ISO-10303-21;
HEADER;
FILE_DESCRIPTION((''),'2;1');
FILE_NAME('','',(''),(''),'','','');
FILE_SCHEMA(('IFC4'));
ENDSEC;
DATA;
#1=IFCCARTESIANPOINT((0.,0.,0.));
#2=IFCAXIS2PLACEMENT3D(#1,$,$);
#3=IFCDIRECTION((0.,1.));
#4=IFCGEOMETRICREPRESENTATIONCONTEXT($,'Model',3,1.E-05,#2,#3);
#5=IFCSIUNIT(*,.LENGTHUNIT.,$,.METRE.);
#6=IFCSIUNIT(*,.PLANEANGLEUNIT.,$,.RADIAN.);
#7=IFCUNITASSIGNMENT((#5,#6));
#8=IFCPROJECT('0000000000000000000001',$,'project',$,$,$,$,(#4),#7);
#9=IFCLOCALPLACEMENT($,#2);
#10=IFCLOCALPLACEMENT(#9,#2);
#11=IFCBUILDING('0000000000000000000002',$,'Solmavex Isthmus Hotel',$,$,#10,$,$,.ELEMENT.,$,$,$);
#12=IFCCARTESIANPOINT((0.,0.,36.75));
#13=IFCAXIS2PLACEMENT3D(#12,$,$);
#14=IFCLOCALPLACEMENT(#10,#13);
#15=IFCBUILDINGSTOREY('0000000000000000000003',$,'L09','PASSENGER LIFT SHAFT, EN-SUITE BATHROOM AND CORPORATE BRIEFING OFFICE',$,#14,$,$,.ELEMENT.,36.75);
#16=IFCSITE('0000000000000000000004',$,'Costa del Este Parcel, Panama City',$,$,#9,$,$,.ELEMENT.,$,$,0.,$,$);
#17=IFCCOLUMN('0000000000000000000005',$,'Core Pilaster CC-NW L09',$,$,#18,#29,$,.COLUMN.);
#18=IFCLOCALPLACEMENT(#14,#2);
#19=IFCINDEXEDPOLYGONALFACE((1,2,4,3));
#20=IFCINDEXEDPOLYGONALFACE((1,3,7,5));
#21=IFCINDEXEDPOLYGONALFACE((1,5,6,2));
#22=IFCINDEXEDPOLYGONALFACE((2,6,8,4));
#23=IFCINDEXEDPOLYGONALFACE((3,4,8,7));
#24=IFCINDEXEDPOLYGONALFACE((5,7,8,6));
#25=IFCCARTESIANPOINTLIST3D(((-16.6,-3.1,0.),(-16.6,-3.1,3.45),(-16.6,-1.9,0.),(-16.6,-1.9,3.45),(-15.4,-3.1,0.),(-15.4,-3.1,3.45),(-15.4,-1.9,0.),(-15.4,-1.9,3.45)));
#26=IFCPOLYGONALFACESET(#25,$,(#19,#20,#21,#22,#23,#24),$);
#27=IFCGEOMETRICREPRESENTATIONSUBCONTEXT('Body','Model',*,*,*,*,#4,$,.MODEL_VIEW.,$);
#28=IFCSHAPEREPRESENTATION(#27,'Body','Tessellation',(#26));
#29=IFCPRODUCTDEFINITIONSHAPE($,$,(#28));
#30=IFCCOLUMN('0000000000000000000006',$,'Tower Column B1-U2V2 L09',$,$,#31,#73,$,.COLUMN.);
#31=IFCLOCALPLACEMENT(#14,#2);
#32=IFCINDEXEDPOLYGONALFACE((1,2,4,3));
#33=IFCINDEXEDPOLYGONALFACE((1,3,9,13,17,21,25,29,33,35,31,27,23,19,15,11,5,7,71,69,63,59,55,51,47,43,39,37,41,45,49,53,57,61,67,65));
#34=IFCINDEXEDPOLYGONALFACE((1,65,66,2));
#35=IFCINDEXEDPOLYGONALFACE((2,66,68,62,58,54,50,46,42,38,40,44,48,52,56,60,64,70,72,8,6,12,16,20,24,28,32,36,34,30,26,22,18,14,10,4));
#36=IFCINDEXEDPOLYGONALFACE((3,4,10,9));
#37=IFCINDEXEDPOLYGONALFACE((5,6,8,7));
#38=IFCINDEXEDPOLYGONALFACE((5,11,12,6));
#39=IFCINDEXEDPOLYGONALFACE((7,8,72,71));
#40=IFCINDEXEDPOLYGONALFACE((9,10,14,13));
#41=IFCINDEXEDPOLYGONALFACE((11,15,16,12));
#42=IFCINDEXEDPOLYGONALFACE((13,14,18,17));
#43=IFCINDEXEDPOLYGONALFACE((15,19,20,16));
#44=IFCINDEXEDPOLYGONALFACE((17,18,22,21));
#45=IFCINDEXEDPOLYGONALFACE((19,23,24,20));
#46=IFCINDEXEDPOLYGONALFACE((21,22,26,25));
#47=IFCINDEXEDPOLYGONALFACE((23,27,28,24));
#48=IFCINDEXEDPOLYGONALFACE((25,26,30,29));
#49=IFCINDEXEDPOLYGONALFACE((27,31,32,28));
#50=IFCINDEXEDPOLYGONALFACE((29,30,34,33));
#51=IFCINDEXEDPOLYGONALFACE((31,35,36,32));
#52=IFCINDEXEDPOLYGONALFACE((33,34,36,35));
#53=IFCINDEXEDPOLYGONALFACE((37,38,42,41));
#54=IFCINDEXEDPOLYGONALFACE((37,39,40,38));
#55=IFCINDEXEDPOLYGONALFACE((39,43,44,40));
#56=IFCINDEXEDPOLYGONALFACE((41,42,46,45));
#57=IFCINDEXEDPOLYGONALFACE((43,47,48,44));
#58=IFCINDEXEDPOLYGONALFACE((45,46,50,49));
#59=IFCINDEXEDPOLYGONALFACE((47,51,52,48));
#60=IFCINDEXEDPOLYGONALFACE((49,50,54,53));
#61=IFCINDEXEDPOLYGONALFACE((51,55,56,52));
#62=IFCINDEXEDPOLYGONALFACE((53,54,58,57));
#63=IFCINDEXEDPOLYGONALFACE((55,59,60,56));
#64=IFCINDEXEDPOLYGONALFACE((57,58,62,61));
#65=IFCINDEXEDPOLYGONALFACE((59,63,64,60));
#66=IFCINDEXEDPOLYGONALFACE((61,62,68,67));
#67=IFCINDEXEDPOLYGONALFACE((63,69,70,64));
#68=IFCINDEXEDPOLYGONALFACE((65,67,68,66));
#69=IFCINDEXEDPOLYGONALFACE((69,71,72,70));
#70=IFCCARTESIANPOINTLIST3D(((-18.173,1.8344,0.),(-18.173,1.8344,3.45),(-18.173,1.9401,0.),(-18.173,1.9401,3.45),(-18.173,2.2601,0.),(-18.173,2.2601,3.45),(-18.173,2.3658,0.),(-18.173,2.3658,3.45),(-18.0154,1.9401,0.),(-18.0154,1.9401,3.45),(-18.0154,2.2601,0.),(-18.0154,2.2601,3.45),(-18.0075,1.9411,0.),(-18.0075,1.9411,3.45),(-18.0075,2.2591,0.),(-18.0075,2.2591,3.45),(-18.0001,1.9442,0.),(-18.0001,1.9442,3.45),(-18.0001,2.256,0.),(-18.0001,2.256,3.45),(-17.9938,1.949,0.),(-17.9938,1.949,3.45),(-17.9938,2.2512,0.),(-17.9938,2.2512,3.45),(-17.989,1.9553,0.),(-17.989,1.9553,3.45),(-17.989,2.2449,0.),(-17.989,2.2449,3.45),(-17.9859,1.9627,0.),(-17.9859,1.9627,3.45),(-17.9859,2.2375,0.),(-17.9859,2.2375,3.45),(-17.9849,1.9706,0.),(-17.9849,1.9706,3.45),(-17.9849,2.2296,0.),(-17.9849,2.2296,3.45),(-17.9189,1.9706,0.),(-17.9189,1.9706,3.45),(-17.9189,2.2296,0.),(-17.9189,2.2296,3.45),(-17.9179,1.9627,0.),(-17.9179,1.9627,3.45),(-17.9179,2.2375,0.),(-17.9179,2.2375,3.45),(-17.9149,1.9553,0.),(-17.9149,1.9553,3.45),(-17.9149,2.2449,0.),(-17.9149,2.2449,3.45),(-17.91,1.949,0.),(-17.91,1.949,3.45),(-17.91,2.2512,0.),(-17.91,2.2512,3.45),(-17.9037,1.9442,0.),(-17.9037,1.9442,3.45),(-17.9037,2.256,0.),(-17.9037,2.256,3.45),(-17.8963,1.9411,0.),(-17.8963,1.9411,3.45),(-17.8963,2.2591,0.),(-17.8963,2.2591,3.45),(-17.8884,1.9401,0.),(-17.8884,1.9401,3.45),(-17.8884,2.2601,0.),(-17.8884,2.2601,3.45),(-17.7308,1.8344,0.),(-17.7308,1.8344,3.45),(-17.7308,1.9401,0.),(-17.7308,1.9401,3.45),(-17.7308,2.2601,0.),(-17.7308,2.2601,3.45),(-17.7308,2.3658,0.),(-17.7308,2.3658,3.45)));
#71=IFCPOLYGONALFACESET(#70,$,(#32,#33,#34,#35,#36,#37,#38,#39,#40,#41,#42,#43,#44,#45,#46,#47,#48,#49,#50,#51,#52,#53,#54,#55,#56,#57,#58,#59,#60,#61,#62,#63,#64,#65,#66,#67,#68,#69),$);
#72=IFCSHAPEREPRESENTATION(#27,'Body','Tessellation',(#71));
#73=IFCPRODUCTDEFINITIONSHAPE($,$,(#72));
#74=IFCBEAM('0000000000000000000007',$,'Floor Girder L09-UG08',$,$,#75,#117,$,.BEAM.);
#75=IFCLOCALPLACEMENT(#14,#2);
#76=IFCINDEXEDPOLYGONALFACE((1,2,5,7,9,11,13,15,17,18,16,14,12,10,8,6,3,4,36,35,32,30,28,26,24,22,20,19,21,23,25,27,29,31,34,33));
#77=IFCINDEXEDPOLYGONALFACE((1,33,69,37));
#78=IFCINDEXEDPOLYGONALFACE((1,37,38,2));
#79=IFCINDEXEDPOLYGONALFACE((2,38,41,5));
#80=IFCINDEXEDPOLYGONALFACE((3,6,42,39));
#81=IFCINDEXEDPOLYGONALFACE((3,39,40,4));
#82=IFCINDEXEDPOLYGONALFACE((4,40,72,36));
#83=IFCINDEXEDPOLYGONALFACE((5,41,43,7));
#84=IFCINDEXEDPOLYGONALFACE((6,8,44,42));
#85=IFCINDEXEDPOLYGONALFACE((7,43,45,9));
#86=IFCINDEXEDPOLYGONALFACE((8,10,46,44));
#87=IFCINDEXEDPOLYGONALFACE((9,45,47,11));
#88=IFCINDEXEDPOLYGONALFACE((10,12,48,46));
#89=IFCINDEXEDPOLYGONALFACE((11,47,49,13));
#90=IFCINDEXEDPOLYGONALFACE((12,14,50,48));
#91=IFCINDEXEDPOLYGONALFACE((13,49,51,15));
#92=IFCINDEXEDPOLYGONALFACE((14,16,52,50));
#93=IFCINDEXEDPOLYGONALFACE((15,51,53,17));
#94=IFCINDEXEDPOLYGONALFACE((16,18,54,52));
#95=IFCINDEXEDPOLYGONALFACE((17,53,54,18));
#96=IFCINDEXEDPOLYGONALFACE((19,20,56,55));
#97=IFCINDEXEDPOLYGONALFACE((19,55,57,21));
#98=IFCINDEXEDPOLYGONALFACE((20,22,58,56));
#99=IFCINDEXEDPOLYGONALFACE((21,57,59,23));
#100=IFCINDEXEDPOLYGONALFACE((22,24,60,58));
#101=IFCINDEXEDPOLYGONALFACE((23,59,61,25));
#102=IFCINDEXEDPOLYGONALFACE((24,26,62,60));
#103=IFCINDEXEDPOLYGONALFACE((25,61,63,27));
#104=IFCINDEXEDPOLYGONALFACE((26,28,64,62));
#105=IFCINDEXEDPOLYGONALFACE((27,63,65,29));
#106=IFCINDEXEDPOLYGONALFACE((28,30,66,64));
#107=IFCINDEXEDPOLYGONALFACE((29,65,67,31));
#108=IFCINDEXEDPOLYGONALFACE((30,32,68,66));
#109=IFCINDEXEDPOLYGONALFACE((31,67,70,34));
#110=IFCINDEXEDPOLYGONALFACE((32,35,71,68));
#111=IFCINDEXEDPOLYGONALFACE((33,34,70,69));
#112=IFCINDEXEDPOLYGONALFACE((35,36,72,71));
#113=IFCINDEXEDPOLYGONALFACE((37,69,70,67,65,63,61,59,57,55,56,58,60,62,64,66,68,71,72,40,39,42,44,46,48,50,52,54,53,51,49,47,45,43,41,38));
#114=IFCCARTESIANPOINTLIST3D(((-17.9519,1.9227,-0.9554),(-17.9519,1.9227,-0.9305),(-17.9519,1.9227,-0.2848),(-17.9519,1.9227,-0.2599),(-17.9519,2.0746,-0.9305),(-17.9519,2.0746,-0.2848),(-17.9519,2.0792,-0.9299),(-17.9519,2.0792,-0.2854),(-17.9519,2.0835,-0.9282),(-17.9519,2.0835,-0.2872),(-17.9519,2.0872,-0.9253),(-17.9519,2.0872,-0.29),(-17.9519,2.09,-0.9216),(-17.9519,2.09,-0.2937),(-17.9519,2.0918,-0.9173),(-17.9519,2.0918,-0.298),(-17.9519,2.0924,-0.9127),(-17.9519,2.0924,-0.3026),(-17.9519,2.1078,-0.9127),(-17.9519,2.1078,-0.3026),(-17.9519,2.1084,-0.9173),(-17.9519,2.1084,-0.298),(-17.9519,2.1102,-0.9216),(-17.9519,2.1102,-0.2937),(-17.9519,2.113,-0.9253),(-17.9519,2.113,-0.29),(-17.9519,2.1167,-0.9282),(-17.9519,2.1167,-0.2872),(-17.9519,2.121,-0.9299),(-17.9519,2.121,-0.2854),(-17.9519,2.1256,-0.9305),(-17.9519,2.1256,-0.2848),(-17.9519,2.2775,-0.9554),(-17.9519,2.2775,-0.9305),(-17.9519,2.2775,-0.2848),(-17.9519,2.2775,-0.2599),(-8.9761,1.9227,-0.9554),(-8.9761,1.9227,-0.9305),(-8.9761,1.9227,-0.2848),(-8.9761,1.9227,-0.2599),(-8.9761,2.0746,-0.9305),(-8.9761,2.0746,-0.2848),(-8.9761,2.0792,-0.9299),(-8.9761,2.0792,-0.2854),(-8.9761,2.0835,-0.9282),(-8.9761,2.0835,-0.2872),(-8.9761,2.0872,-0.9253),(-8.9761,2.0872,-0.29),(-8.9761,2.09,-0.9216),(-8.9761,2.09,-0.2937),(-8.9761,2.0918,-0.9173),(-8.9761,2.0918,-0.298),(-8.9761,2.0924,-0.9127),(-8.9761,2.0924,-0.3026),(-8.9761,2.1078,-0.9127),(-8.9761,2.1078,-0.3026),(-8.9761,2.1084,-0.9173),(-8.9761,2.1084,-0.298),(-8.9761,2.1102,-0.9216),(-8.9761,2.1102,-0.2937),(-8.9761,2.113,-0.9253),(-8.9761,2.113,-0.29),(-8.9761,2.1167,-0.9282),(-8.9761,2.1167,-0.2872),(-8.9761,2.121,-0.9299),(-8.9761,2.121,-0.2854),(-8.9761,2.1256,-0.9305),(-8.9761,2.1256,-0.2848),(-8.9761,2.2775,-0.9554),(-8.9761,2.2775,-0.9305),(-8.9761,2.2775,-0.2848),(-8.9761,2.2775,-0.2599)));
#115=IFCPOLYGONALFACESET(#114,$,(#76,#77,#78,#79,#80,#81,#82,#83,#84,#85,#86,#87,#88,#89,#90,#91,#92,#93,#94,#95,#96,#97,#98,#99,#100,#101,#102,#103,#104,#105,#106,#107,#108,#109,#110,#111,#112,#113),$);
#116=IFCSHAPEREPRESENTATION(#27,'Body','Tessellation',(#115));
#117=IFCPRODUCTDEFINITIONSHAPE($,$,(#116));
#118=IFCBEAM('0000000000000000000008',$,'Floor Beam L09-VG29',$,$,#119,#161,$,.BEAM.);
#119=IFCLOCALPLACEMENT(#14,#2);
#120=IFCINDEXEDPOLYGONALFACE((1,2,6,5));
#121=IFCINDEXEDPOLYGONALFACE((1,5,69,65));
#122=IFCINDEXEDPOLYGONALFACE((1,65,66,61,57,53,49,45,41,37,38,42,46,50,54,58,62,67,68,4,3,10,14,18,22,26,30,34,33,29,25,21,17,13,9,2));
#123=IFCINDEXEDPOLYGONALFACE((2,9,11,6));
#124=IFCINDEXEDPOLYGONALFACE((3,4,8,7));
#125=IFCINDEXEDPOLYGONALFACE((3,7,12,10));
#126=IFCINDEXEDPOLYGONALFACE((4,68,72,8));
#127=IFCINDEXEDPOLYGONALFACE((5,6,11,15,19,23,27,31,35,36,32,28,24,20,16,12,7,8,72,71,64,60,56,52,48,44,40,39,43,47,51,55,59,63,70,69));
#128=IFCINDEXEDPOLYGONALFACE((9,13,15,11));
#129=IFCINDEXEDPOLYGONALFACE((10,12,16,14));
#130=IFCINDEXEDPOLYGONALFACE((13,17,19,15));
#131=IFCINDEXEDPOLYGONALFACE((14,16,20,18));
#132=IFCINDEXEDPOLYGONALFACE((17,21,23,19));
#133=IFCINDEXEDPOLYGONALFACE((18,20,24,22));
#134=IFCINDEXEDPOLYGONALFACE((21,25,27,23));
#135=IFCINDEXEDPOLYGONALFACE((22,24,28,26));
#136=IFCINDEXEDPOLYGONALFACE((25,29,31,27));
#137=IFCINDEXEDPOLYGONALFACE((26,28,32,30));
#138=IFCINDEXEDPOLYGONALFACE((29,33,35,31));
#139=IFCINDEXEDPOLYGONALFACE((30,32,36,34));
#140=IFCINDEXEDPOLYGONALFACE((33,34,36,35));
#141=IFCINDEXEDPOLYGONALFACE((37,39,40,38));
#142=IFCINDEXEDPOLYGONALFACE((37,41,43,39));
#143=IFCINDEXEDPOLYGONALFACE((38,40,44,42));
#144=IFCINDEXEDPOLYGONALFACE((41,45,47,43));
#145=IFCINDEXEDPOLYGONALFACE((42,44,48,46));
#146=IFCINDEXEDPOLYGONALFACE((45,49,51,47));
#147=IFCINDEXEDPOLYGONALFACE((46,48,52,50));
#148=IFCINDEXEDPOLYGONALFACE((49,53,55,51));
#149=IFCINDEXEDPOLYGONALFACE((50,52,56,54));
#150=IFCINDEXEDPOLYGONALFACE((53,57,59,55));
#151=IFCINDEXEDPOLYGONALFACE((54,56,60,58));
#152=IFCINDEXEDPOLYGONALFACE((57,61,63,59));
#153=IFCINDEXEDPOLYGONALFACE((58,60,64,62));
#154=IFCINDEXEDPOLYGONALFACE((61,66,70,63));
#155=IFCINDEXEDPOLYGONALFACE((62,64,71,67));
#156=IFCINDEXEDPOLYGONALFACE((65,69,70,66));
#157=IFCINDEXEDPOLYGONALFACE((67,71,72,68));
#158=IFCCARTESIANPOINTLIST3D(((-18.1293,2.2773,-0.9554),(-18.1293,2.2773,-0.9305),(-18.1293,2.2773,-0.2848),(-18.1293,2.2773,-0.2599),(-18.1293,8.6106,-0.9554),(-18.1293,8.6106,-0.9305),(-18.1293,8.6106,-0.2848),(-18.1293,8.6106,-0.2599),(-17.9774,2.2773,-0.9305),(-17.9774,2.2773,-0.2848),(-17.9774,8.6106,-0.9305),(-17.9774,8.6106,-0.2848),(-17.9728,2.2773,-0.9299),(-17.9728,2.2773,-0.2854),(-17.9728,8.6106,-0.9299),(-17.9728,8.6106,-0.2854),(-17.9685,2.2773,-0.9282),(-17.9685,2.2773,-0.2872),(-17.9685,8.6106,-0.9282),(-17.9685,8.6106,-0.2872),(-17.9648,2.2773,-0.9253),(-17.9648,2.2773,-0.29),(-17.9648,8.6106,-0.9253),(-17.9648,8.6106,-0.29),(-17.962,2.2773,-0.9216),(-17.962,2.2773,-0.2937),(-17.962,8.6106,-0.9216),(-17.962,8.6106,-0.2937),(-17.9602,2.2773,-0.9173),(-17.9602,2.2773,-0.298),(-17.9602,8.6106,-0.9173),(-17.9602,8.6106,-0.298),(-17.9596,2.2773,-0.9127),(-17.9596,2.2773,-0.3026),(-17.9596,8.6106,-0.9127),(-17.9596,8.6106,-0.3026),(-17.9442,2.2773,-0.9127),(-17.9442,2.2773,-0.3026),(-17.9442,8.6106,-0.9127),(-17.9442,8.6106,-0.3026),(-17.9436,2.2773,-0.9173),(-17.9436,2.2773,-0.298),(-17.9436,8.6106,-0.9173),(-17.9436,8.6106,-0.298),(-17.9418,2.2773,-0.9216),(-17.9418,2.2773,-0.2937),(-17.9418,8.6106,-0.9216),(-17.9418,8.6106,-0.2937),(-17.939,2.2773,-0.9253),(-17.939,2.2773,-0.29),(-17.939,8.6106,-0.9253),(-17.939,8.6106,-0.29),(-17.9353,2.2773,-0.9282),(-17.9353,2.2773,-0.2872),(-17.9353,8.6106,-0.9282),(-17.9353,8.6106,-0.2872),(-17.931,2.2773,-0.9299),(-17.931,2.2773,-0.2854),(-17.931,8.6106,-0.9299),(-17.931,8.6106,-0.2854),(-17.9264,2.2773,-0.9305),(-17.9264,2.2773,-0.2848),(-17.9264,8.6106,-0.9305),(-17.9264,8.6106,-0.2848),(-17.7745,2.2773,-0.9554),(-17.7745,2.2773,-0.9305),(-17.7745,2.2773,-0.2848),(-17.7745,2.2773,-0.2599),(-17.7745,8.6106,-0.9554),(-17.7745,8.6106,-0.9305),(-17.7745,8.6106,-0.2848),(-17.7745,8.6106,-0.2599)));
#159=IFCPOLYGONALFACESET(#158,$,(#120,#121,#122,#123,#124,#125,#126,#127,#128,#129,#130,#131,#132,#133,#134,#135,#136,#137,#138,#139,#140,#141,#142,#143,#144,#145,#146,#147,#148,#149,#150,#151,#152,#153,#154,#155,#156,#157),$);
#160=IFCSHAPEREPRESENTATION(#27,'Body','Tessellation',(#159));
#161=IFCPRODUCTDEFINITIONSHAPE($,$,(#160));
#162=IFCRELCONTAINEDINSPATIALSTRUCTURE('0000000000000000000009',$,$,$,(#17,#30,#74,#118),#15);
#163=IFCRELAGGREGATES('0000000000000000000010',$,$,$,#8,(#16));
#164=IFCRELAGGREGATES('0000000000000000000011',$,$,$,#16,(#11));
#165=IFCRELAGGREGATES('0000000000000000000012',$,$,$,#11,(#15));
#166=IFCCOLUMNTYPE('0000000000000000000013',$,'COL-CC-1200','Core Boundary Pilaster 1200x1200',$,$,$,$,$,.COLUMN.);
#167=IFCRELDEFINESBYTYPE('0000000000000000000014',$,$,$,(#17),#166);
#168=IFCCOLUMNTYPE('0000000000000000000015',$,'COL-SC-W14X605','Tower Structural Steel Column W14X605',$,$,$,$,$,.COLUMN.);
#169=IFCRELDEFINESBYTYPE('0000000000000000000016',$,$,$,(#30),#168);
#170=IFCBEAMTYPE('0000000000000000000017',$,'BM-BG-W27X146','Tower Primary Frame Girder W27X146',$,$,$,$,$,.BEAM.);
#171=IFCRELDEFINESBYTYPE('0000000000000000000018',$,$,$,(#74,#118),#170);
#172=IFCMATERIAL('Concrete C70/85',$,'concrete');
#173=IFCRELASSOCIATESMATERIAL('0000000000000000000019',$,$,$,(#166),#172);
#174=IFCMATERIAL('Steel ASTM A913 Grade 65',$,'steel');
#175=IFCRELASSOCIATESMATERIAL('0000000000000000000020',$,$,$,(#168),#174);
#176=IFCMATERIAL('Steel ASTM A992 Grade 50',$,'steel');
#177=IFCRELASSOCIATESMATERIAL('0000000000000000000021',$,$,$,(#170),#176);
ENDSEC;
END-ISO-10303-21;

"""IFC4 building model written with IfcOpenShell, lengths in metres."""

from ifc_helpers import new_model, si_unit, direction, frame, origin, origin_2d, place, context, subcontext, project, spatial, rectangle, i_section, extrude, material, material_profile, profile_set, type_object, element, save


model = new_model("IFC4")

# Units and contexts
model_context = context("Model", 3, precision=1e-05, world=origin(), true_north=direction((0.0, 1.0)))
body_context = subcontext(model_context, "Body", "Model", "MODEL_VIEW")
ifc_project = project(units=[si_unit("LENGTHUNIT", "METRE"), si_unit("PLANEANGLEUNIT", "RADIAN")], contexts=[model_context])

# Site, building, storey
site_placement = place(None, origin())
site = spatial("IfcSite", under=ifc_project, at=site_placement, Name="Costa del Este Parcel, Panama City", CompositionType="ELEMENT", RefElevation=0.0)
building_placement = place(site_placement, origin())
building = spatial("IfcBuilding", under=site, at=building_placement, Name="Solmavex Isthmus Hotel", CompositionType="ELEMENT")
storey_placement = place(building_placement, frame((0.0, 0.0, 36.75)))
storey = spatial("IfcBuildingStorey", under=building, at=storey_placement, Name="L09", Description="PASSENGER LIFT SHAFT, EN-SUITE BATHROOM AND CORPORATE BRIEFING OFFICE", CompositionType="ELEMENT", Elevation=36.75)

# Columns
ifc_material_1 = material(Name="Concrete C70/85", Category="concrete")
ifc_material_profile_1 = material_profile(ifc_material_1, rectangle(XDim=1.2, YDim=1.2, at=origin_2d()), Name="RC1200X1200")
ifc_profile_set_1 = profile_set([ifc_material_profile_1], Name="Concrete C70/85")
column_type_1 = type_object("IfcColumnType", Name="COL-CC-1200", Description="Core Boundary Pilaster 1200x1200", PredefinedType="COLUMN", material=ifc_profile_set_1)
column_1_placement = place(storey_placement, frame((-16.0, -2.5, 0.0), z_axis=(0.0, 0.0, 1.0), x_axis=(1.0, 0.0, 0.0)))
element("IfcColumn", 1, at=column_1_placement, inside=storey, type_object=column_type_1, Name="Core Pilaster CC-NW L09", PredefinedType="COLUMN", context=body_context, shape_type="SweptSolid", body=[
    extrude(rectangle(XDim=1.2, YDim=1.2, at=origin_2d()), origin(), (0.0, 0.0, 1.0), 3.45),
])
ifc_material_2 = material(Name="Steel ASTM A913 Grade 65", Category="steel")
ifc_material_profile_2 = material_profile(ifc_material_2, i_section(OverallWidth=0.4421, OverallDepth=0.5315, WebThickness=0.0659, FlangeThickness=0.1057, FilletRadius=0.0305, at=origin_2d()), Name="W14X605")
ifc_profile_set_2 = profile_set([ifc_material_profile_2], Name="Steel ASTM A913 Grade 65")
column_type_2 = type_object("IfcColumnType", Name="COL-SC-W14X605", Description="Tower Structural Steel Column W14X605", PredefinedType="COLUMN", material=ifc_profile_set_2)
column_2_placement = place(storey_placement, frame((-17.9519, 2.1001, 0.0), z_axis=(0.0, 0.0, 1.0), x_axis=(1.0, 0.0, 0.0)))
element("IfcColumn", 2, at=column_2_placement, inside=storey, type_object=column_type_2, Name="Tower Column B1-U2V2 L09", PredefinedType="COLUMN", context=body_context, shape_type="SweptSolid", body=[
    extrude(i_section(OverallWidth=0.4421, OverallDepth=0.5315, WebThickness=0.0659, FlangeThickness=0.1057, FilletRadius=0.0305, at=origin_2d()), origin(), (0.0, 0.0, 1.0), 3.45),
])

# Beams
ifc_material_3 = material(Name="Steel ASTM A992 Grade 50", Category="steel")
ifc_material_profile_3 = material_profile(ifc_material_3, i_section(OverallWidth=0.3547, OverallDepth=0.6956, WebThickness=0.0154, FlangeThickness=0.0249, FilletRadius=0.0178, at=origin_2d()), Name="W27X146")
ifc_profile_set_3 = profile_set([ifc_material_profile_3], Name="Steel ASTM A992 Grade 50")
beam_type_1 = type_object("IfcBeamType", Name="BM-BG-W27X146", Description="Tower Primary Frame Girder W27X146", PredefinedType="BEAM", material=ifc_profile_set_3)
beam_1_placement = place(storey_placement, frame((-17.9519, 2.1001, -0.6077), z_axis=(1.0, 0.0, 0.0), x_axis=(0.0, 1.0, 0.0)))
element("IfcBeam", 3, at=beam_1_placement, inside=storey, type_object=beam_type_1, Name="Floor Girder L09-UG08", PredefinedType="BEAM", context=body_context, shape_type="SweptSolid", body=[
    extrude(i_section(OverallWidth=0.3547, OverallDepth=0.6956, WebThickness=0.0154, FlangeThickness=0.0249, FilletRadius=0.0178, at=origin_2d()), origin(), (0.0, 0.0, 1.0), 8.9758),
])
beam_2_placement = place(storey_placement, frame((-17.9519, 2.2773, -0.6077), z_axis=(0.0, 1.0, 0.0), x_axis=(-1.0, 0.0, 0.0)))
element("IfcBeam", 4, at=beam_2_placement, inside=storey, type_object=beam_type_1, Name="Floor Beam L09-VG29", PredefinedType="BEAM", context=body_context, shape_type="SweptSolid", body=[
    extrude(i_section(OverallWidth=0.3547, OverallDepth=0.6956, WebThickness=0.0154, FlangeThickness=0.0249, FilletRadius=0.0178, at=origin_2d()), origin(), (0.0, 0.0, 1.0), 6.3333),
])

save(model, "model.ifc")
